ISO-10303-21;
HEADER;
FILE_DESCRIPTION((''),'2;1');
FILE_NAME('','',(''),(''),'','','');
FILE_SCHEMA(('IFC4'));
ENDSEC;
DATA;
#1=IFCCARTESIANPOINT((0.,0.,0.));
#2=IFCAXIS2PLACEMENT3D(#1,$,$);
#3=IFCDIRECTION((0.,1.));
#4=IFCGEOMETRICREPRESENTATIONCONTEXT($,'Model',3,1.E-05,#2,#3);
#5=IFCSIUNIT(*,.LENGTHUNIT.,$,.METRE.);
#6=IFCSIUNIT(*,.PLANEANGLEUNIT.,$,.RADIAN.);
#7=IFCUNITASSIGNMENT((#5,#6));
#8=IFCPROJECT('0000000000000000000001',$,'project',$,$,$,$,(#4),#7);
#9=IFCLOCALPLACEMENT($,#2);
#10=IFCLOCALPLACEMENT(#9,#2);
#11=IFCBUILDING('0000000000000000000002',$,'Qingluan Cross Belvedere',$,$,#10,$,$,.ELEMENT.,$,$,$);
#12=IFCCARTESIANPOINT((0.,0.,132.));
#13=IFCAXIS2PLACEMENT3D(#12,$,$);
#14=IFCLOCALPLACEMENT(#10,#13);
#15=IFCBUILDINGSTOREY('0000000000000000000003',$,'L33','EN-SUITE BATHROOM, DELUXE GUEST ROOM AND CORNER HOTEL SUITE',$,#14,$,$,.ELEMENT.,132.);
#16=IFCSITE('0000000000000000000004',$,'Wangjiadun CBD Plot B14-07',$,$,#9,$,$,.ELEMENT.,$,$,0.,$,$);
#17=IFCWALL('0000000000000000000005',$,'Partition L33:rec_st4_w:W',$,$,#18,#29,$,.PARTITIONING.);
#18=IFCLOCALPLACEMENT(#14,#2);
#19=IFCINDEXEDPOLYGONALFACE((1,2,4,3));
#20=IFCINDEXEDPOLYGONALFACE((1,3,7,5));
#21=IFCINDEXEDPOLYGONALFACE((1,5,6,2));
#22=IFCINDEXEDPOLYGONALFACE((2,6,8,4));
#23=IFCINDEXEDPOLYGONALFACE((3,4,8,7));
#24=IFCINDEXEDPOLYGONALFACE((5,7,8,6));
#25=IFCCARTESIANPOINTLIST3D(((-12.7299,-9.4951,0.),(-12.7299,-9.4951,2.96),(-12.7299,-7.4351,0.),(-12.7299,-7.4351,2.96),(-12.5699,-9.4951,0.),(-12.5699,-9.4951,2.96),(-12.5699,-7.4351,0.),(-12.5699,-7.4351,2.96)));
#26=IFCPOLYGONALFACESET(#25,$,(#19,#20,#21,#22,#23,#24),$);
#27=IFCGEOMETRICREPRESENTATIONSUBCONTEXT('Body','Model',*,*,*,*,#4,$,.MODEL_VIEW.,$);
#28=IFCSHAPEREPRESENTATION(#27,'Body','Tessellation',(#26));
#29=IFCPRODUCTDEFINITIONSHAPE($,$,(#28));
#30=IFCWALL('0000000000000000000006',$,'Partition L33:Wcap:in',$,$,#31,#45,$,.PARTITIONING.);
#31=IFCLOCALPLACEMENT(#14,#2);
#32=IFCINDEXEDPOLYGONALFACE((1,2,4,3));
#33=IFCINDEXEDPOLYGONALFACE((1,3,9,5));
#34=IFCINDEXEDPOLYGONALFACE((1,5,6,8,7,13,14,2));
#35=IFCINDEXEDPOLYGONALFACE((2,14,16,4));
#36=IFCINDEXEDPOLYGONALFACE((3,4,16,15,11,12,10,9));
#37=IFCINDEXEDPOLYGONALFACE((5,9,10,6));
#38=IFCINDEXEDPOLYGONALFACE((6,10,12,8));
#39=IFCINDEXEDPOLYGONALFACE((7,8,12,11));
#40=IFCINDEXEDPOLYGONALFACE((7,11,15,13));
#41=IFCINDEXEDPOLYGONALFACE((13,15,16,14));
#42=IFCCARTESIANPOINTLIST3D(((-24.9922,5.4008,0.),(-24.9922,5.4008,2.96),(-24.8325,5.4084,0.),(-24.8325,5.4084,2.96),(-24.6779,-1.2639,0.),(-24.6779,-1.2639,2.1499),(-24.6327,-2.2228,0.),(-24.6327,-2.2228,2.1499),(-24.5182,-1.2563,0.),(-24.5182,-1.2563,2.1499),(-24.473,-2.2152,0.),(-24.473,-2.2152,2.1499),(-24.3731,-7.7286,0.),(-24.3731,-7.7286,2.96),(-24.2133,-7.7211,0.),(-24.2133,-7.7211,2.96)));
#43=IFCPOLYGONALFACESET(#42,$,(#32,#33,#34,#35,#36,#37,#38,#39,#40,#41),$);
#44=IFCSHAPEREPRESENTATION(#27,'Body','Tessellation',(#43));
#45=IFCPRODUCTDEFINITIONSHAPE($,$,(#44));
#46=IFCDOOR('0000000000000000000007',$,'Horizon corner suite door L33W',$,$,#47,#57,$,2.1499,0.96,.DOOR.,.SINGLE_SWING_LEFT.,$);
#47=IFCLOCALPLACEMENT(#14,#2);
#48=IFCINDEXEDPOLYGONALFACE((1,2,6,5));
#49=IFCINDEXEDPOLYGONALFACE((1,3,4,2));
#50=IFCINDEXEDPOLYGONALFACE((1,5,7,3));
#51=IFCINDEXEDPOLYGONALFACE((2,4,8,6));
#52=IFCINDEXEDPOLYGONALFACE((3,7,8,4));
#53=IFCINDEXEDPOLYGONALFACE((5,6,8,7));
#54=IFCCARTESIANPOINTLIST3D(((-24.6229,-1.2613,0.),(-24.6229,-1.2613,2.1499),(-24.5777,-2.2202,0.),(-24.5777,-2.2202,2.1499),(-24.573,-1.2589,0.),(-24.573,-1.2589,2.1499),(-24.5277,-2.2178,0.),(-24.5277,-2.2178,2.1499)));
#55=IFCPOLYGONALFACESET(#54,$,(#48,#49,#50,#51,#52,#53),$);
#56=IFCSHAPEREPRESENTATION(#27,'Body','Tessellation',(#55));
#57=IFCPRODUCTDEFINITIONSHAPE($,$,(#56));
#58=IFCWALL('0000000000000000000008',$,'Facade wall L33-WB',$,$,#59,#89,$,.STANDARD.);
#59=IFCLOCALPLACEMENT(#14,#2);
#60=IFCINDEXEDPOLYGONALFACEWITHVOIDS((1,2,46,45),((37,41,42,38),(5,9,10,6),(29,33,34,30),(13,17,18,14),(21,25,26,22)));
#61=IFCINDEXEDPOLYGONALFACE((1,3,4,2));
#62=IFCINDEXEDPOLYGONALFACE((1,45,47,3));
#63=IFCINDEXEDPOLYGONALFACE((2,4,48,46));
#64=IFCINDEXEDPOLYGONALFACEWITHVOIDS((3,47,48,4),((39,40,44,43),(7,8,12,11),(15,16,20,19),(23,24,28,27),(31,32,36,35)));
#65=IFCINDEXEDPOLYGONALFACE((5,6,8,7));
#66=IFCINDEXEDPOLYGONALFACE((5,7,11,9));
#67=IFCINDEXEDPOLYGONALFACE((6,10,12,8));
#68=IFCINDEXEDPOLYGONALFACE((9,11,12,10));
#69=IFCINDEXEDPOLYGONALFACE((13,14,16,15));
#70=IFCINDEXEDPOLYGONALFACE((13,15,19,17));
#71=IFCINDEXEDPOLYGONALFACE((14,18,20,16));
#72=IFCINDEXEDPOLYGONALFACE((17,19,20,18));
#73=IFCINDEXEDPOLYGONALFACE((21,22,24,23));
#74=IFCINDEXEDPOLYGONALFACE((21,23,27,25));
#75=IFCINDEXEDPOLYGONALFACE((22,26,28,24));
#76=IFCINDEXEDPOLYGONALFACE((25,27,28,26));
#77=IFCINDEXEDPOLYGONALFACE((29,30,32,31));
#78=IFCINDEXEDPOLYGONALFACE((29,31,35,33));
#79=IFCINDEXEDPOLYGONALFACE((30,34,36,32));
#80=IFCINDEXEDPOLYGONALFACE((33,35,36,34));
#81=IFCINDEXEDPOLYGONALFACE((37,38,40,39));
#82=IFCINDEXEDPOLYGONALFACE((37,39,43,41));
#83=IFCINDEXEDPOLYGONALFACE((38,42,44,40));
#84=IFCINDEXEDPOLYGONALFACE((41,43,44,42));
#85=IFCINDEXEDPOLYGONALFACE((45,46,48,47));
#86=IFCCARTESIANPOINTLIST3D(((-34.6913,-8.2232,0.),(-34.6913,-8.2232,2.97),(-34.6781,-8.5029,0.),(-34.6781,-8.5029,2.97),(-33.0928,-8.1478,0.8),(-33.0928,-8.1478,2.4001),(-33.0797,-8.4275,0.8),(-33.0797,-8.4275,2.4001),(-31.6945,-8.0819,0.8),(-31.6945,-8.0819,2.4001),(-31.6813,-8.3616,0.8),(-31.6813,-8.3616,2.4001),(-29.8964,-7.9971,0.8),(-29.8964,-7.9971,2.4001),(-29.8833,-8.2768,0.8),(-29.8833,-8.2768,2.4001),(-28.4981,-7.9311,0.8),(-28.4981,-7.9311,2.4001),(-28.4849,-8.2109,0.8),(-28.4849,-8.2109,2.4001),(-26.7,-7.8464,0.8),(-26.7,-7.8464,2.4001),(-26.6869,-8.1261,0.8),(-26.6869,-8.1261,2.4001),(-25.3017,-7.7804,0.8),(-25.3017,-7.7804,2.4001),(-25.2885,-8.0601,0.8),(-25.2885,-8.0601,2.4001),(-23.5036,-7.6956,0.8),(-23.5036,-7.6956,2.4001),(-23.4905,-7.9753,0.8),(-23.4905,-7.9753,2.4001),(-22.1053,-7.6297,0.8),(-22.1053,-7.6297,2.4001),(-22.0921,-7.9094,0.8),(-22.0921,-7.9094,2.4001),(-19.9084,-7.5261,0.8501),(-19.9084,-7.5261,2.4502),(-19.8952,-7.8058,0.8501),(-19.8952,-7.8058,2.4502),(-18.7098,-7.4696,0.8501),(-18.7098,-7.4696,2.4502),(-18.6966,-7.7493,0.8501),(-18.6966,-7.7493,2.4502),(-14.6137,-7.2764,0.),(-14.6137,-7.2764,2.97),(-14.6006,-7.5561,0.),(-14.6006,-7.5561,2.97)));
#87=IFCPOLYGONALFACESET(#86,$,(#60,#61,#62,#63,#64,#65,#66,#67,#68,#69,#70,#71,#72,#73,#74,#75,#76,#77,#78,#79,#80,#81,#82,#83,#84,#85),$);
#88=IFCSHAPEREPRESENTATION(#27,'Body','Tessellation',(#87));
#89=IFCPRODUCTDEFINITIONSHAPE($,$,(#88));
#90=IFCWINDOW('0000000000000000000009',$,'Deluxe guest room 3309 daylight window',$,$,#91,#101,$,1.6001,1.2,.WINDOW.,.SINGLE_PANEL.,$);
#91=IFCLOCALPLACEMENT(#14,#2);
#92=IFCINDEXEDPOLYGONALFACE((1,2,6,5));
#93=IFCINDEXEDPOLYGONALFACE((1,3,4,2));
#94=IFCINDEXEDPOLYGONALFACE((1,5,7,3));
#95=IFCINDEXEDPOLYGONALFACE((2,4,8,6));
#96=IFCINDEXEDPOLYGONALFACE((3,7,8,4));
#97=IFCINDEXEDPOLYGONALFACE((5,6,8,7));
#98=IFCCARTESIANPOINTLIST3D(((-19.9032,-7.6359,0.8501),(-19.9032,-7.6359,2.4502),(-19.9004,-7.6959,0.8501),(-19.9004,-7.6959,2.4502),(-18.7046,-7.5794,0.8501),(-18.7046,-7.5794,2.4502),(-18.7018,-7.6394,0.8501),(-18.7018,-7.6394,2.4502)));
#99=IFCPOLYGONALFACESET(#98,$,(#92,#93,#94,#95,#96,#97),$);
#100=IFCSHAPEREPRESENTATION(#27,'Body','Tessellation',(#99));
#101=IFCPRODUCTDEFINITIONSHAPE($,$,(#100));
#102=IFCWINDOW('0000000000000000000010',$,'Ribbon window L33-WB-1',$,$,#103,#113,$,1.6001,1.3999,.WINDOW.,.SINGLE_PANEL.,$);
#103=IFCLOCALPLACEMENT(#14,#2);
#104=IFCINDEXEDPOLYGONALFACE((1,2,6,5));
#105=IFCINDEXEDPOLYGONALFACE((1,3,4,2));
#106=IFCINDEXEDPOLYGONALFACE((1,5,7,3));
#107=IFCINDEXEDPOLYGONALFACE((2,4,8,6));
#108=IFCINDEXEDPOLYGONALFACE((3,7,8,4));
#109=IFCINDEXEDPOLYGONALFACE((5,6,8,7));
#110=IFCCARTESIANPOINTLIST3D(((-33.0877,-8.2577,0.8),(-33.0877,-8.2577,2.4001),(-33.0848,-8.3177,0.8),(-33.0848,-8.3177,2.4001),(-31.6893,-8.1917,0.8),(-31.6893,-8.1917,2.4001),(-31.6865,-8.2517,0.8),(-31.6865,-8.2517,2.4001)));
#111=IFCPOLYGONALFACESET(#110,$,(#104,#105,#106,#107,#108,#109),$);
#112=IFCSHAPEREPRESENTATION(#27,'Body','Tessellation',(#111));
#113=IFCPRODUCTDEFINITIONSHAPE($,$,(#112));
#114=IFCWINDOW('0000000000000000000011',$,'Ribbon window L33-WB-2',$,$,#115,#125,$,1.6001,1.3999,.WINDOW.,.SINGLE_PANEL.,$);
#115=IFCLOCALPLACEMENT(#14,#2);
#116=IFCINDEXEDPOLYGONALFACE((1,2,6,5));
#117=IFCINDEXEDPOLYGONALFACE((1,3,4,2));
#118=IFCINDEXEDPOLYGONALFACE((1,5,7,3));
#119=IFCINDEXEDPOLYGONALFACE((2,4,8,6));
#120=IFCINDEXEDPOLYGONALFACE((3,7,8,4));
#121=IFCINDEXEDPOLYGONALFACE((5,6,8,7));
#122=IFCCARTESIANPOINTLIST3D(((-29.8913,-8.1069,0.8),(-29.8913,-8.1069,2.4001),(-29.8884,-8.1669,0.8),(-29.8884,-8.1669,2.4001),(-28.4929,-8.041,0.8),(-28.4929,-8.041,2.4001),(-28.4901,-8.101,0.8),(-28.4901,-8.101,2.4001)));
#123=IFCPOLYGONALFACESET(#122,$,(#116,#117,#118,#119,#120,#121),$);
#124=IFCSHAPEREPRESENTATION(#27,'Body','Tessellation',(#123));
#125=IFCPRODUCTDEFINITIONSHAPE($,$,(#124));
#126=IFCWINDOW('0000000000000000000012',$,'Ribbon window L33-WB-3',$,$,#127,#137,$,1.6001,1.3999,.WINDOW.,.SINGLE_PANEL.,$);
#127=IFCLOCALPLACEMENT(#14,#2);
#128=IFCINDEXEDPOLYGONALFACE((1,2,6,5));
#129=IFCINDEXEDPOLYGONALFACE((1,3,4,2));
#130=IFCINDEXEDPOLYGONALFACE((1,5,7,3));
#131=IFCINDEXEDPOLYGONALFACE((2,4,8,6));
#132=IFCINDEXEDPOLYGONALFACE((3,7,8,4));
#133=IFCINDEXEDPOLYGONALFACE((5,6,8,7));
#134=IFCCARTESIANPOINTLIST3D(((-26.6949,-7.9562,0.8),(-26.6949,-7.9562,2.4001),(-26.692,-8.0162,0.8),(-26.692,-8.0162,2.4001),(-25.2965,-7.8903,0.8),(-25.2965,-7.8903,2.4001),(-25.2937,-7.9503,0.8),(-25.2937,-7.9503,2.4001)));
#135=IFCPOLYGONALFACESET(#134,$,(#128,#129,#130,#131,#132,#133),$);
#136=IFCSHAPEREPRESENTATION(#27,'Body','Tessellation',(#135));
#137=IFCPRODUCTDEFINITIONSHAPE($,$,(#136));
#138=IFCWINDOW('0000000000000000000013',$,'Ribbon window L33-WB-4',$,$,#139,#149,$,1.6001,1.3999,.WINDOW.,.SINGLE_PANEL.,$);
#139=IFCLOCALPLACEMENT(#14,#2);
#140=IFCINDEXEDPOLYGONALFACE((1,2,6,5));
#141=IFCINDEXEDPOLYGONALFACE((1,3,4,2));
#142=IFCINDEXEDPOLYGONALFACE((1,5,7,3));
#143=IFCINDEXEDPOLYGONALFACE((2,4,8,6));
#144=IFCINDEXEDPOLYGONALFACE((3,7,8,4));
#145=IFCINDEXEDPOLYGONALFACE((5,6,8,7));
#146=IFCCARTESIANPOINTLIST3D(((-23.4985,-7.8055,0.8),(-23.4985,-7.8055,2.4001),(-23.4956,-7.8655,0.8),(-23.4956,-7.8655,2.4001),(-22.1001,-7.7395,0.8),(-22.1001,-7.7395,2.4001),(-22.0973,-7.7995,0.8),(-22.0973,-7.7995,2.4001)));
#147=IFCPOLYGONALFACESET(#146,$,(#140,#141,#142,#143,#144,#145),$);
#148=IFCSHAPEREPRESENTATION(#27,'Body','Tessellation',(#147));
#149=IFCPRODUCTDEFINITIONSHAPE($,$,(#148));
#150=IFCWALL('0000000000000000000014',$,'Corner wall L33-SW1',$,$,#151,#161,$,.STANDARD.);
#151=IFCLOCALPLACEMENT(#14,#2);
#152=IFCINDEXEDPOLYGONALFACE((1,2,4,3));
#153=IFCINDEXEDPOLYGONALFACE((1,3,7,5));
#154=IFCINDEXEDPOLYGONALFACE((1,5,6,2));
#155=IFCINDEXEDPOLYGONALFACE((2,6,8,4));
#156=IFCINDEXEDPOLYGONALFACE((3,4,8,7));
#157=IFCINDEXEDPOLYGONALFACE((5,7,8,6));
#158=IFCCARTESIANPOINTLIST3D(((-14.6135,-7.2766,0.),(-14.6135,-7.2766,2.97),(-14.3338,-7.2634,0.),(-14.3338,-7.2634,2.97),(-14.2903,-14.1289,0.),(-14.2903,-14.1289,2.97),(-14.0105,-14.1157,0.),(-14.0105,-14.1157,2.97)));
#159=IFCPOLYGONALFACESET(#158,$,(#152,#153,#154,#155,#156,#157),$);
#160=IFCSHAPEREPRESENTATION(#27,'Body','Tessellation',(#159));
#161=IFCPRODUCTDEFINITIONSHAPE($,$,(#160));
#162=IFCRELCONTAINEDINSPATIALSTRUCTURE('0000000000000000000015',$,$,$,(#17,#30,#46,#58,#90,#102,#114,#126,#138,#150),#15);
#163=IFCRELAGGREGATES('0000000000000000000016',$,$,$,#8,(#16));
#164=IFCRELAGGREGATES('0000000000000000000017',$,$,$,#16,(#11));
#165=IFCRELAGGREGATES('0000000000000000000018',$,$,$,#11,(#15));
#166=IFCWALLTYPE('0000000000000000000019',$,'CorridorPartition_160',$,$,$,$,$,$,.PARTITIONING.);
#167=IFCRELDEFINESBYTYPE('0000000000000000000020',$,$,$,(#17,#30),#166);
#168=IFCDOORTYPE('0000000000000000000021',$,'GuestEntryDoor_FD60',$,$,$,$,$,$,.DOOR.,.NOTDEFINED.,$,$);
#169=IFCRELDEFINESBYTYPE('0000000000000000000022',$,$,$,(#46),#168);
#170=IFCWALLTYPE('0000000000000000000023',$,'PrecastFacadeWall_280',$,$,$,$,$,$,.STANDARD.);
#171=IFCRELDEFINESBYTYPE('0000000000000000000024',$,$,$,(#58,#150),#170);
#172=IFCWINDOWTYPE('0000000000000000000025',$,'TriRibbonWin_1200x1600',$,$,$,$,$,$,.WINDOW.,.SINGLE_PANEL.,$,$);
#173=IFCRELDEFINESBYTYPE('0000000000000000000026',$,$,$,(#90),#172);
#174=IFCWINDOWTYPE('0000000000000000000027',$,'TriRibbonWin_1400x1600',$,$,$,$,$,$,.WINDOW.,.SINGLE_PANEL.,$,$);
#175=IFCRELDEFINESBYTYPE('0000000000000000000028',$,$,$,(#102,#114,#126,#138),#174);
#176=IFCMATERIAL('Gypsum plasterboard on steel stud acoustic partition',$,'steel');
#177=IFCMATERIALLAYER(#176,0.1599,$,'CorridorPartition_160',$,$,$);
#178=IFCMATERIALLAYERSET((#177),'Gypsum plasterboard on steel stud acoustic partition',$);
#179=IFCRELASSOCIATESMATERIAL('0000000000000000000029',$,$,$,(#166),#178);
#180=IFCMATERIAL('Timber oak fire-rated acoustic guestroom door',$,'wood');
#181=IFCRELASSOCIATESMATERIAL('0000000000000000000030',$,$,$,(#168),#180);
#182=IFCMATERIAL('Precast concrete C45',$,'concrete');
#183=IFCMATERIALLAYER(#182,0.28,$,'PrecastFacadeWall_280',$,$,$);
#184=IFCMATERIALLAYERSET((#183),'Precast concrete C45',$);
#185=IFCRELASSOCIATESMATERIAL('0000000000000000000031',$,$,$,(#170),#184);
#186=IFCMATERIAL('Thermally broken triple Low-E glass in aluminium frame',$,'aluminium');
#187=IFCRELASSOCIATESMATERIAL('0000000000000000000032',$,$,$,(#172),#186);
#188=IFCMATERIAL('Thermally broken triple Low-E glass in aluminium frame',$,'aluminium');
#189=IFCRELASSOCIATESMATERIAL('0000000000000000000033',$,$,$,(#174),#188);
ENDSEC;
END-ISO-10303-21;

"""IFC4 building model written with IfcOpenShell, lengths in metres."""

from ifc_helpers import new_model, si_unit, direction, frame, frame_2d, origin, place, context, subcontext, project, spatial, rectangle, extrude, material, layer, layer_set, type_object, element, fill, save


model = new_model("IFC4")

# Units and contexts
model_context = context("Model", 3, precision=1e-05, world=origin(), true_north=direction((0.0, 1.0)))
body_context = subcontext(model_context, "Body", "Model", "MODEL_VIEW")
ifc_project = project(units=[si_unit("LENGTHUNIT", "METRE"), si_unit("PLANEANGLEUNIT", "RADIAN")], contexts=[model_context])

# Site, building, storey
site_placement = place(None, origin())
site = spatial("IfcSite", under=ifc_project, at=site_placement, Name="Wangjiadun CBD Plot B14-07", CompositionType="ELEMENT", RefElevation=0.0)
building_placement = place(site_placement, origin())
building = spatial("IfcBuilding", under=site, at=building_placement, Name="Qingluan Cross Belvedere", CompositionType="ELEMENT")
storey_placement = place(building_placement, frame((0.0, 0.0, 132.0)))
storey = spatial("IfcBuildingStorey", under=building, at=storey_placement, Name="L33", Description="EN-SUITE BATHROOM, DELUXE GUEST ROOM AND CORNER HOTEL SUITE", CompositionType="ELEMENT", Elevation=132.0)

# Wall
ifc_material_1 = material(Name="Gypsum plasterboard on steel stud acoustic partition", Category="steel")
ifc_layer_1 = layer(ifc_material_1, 0.1599, Name="CorridorPartition_160")
ifc_layer_set_1 = layer_set([ifc_layer_1], Name="Gypsum plasterboard on steel stud acoustic partition")
wall_type_1 = type_object("IfcWallType", Name="CorridorPartition_160", PredefinedType="PARTITIONING", material=ifc_layer_set_1)
wall_1_placement = place(storey_placement, frame((-12.6499, -9.4951, 0.0), z_axis=(0.0, 0.0, 1.0), x_axis=(0.0, 1.0, 0.0)))
element("IfcWall", 1, at=wall_1_placement, inside=storey, type_object=wall_type_1, Name="Partition L33:rec_st4_w:W", PredefinedType="PARTITIONING", context=body_context, shape_type="SweptSolid", body=[
    extrude(rectangle(XDim=2.0601, YDim=0.1599, at=frame_2d((1.03, 0.0))), origin(), (0.0, 0.0, 1.0), 2.96),
])

# Wall, opening, door
wall_2_placement = place(storey_placement, frame((-24.2932, -7.7249, 0.0), z_axis=(0.0, 0.0, 1.0), x_axis=(-0.047104, 0.99889, 0.0)))
wall_2 = element("IfcWall", 2, at=wall_2_placement, inside=storey, type_object=wall_type_1, Name="Partition L33:Wcap:in", PredefinedType="PARTITIONING", context=body_context, shape_type="SweptSolid", body=[
    extrude(rectangle(XDim=13.144, YDim=0.1599, at=frame_2d((6.572, 0.0))), origin(), (0.0, 0.0, 1.0), 2.96),
])
opening_1_placement = place(wall_2_placement, frame((5.512, 0.0, 0.0)))
opening_1 = element("IfcOpeningElement", 3, at=opening_1_placement, cuts=wall_2, PredefinedType="OPENING", context=body_context, shape_type="SweptSolid", body=[
    extrude(rectangle(XDim=0.96, YDim=2.1499, at=frame_2d((0.48, 1.075))), frame((0.0, 0.0898, 0.0), z_axis=(0.0, -1.0, 0.0), x_axis=(1.0, 0.0, 0.0)), (0.0, 0.0, 1.0), 0.1799),
])
ifc_material_2 = material(Name="Timber oak fire-rated acoustic guestroom door", Category="wood")
door_type = type_object("IfcDoorType", Name="GuestEntryDoor_FD60", OperationType="NOTDEFINED", PredefinedType="DOOR", material=ifc_material_2)
door_placement = place(opening_1_placement, origin())
door = element("IfcDoor", 4, at=door_placement, inside=storey, type_object=door_type, Name="Horizon corner suite door L33W", OperationType="SINGLE_SWING_LEFT", OverallHeight=2.1499, OverallWidth=0.96, PredefinedType="DOOR", context=body_context, shape_type="SweptSolid", body=[
    extrude(rectangle(XDim=0.96, YDim=2.1499, at=frame_2d((0.48, 1.075))), frame((0.0, 0.0249, 0.0), z_axis=(0.0, -1.0, 0.0), x_axis=(1.0, 0.0, 0.0)), (0.0, 0.0, 1.0), 0.05),
])
fill(opening_1, door)

# Wall, openings, windows
ifc_material_3 = material(Name="Precast concrete C45", Category="concrete")
ifc_layer_2 = layer(ifc_material_3, 0.28, Name="PrecastFacadeWall_280")
ifc_layer_set_2 = layer_set([ifc_layer_2], Name="Precast concrete C45")
wall_type_2 = type_object("IfcWallType", Name="PrecastFacadeWall_280", PredefinedType="STANDARD", material=ifc_layer_set_2)
wall_3_placement = place(storey_placement, frame((-34.6846, -8.363, 0.0), z_axis=(0.0, 0.0, 1.0), x_axis=(0.99889, 0.047103, 0.0)))
wall_3 = element("IfcWall", 5, at=wall_3_placement, inside=storey, type_object=wall_type_2, Name="Facade wall L33-WB", PredefinedType="STANDARD", context=body_context, shape_type="SweptSolid", body=[
    extrude(rectangle(XDim=20.0999, YDim=0.28, at=frame_2d((10.0498, 0.0))), origin(), (0.0, 0.0, 1.0), 2.97),
])
opening_2_placement = place(wall_3_placement, frame((1.6001, 0.0, 0.8)))
opening_2 = element("IfcOpeningElement", 6, at=opening_2_placement, cuts=wall_3, PredefinedType="OPENING", context=body_context, shape_type="SweptSolid", body=[
    extrude(rectangle(XDim=1.3999, YDim=1.6001, at=frame_2d((0.7, 0.8))), frame((0.0, 0.1499, 0.0), z_axis=(0.0, -1.0, 0.0), x_axis=(1.0, 0.0, 0.0)), (0.0, 0.0, 1.0), 0.3),
])
opening_3_placement = place(wall_3_placement, frame((4.8, 0.0, 0.8)))
opening_3 = element("IfcOpeningElement", 7, at=opening_3_placement, cuts=wall_3, PredefinedType="OPENING", context=body_context, shape_type="SweptSolid", body=[
    extrude(rectangle(XDim=1.3999, YDim=1.6001, at=frame_2d((0.7, 0.8))), frame((0.0, 0.1499, 0.0), z_axis=(0.0, -1.0, 0.0), x_axis=(1.0, 0.0, 0.0)), (0.0, 0.0, 1.0), 0.3),
])
opening_4_placement = place(wall_3_placement, frame((8.0, 0.0, 0.8)))
opening_4 = element("IfcOpeningElement", 8, at=opening_4_placement, cuts=wall_3, PredefinedType="OPENING", context=body_context, shape_type="SweptSolid", body=[
    extrude(rectangle(XDim=1.3999, YDim=1.6001, at=frame_2d((0.7, 0.8))), frame((0.0, 0.1499, 0.0), z_axis=(0.0, -1.0, 0.0), x_axis=(1.0, 0.0, 0.0)), (0.0, 0.0, 1.0), 0.3),
])
opening_5_placement = place(wall_3_placement, frame((11.2, 0.0, 0.8)))
opening_5 = element("IfcOpeningElement", 9, at=opening_5_placement, cuts=wall_3, PredefinedType="OPENING", context=body_context, shape_type="SweptSolid", body=[
    extrude(rectangle(XDim=1.3999, YDim=1.6001, at=frame_2d((0.7, 0.8))), frame((0.0, 0.1499, 0.0), z_axis=(0.0, -1.0, 0.0), x_axis=(1.0, 0.0, 0.0)), (0.0, 0.0, 1.0), 0.3),
])
opening_6_placement = place(wall_3_placement, frame((14.7991, 0.0, 0.8501)))
opening_6 = element("IfcOpeningElement", 10, at=opening_6_placement, cuts=wall_3, PredefinedType="OPENING", context=body_context, shape_type="SweptSolid", body=[
    extrude(rectangle(XDim=1.2, YDim=1.6001, at=frame_2d((0.6001, 0.8))), frame((0.0, 0.1499, 0.0), z_axis=(0.0, -1.0, 0.0), x_axis=(1.0, 0.0, 0.0)), (0.0, 0.0, 1.0), 0.3),
])
ifc_material_4 = material(Name="Thermally broken triple Low-E glass in aluminium frame", Category="aluminium")
window_type_1 = type_object("IfcWindowType", Name="TriRibbonWin_1200x1600", PartitioningType="SINGLE_PANEL", PredefinedType="WINDOW", material=ifc_material_4)
window_1_placement = place(opening_6_placement, origin())
window_1 = element("IfcWindow", 11, at=window_1_placement, inside=storey, type_object=window_type_1, Name="Deluxe guest room 3309 daylight window", OverallHeight=1.6001, OverallWidth=1.2, PartitioningType="SINGLE_PANEL", PredefinedType="WINDOW", context=body_context, shape_type="SweptSolid", body=[
    extrude(rectangle(XDim=1.2, YDim=1.6001, at=frame_2d((0.6001, 0.8))), frame((0.0, 0.03, 0.0), z_axis=(0.0, -1.0, 0.0), x_axis=(1.0, 0.0, 0.0)), (0.0, 0.0, 1.0), 0.0601),
])
fill(opening_6, window_1)
ifc_material_5 = material(Name="Thermally broken triple Low-E glass in aluminium frame", Category="aluminium")
window_type_2 = type_object("IfcWindowType", Name="TriRibbonWin_1400x1600", PartitioningType="SINGLE_PANEL", PredefinedType="WINDOW", material=ifc_material_5)
window_2_placement = place(opening_2_placement, origin())
window_2 = element("IfcWindow", 12, at=window_2_placement, inside=storey, type_object=window_type_2, Name="Ribbon window L33-WB-1", OverallHeight=1.6001, OverallWidth=1.3999, PartitioningType="SINGLE_PANEL", PredefinedType="WINDOW", context=body_context, shape_type="SweptSolid", body=[
    extrude(rectangle(XDim=1.3999, YDim=1.6001, at=frame_2d((0.7, 0.8))), frame((0.0, 0.03, 0.0), z_axis=(0.0, -1.0, 0.0), x_axis=(1.0, 0.0, 0.0)), (0.0, 0.0, 1.0), 0.0601),
])
fill(opening_2, window_2)
window_3_placement = place(opening_3_placement, origin())
window_3 = element("IfcWindow", 13, at=window_3_placement, inside=storey, type_object=window_type_2, Name="Ribbon window L33-WB-2", OverallHeight=1.6001, OverallWidth=1.3999, PartitioningType="SINGLE_PANEL", PredefinedType="WINDOW", context=body_context, shape_type="SweptSolid", body=[
    extrude(rectangle(XDim=1.3999, YDim=1.6001, at=frame_2d((0.7, 0.8))), frame((0.0, 0.03, 0.0), z_axis=(0.0, -1.0, 0.0), x_axis=(1.0, 0.0, 0.0)), (0.0, 0.0, 1.0), 0.0601),
])
fill(opening_3, window_3)
window_4_placement = place(opening_4_placement, origin())
window_4 = element("IfcWindow", 14, at=window_4_placement, inside=storey, type_object=window_type_2, Name="Ribbon window L33-WB-3", OverallHeight=1.6001, OverallWidth=1.3999, PartitioningType="SINGLE_PANEL", PredefinedType="WINDOW", context=body_context, shape_type="SweptSolid", body=[
    extrude(rectangle(XDim=1.3999, YDim=1.6001, at=frame_2d((0.7, 0.8))), frame((0.0, 0.03, 0.0), z_axis=(0.0, -1.0, 0.0), x_axis=(1.0, 0.0, 0.0)), (0.0, 0.0, 1.0), 0.0601),
])
fill(opening_4, window_4)
window_5_placement = place(opening_5_placement, origin())
window_5 = element("IfcWindow", 15, at=window_5_placement, inside=storey, type_object=window_type_2, Name="Ribbon window L33-WB-4", OverallHeight=1.6001, OverallWidth=1.3999, PartitioningType="SINGLE_PANEL", PredefinedType="WINDOW", context=body_context, shape_type="SweptSolid", body=[
    extrude(rectangle(XDim=1.3999, YDim=1.6001, at=frame_2d((0.7, 0.8))), frame((0.0, 0.03, 0.0), z_axis=(0.0, -1.0, 0.0), x_axis=(1.0, 0.0, 0.0)), (0.0, 0.0, 1.0), 0.0601),
])
fill(opening_5, window_5)

# Wall
wall_4_placement = place(storey_placement, frame((-14.4736, -7.27, 0.0), z_axis=(0.0, 0.0, 1.0), x_axis=(0.04712, -0.998889, 0.0)))
element("IfcWall", 16, at=wall_4_placement, inside=storey, type_object=wall_type_2, Name="Corner wall L33-SW1", PredefinedType="STANDARD", context=body_context, shape_type="SweptSolid", body=[
    extrude(rectangle(XDim=6.8599, YDim=0.28, at=frame_2d((3.4299, 0.0))), origin(), (0.0, 0.0, 1.0), 2.97),
])

save(model, "model.ifc")
